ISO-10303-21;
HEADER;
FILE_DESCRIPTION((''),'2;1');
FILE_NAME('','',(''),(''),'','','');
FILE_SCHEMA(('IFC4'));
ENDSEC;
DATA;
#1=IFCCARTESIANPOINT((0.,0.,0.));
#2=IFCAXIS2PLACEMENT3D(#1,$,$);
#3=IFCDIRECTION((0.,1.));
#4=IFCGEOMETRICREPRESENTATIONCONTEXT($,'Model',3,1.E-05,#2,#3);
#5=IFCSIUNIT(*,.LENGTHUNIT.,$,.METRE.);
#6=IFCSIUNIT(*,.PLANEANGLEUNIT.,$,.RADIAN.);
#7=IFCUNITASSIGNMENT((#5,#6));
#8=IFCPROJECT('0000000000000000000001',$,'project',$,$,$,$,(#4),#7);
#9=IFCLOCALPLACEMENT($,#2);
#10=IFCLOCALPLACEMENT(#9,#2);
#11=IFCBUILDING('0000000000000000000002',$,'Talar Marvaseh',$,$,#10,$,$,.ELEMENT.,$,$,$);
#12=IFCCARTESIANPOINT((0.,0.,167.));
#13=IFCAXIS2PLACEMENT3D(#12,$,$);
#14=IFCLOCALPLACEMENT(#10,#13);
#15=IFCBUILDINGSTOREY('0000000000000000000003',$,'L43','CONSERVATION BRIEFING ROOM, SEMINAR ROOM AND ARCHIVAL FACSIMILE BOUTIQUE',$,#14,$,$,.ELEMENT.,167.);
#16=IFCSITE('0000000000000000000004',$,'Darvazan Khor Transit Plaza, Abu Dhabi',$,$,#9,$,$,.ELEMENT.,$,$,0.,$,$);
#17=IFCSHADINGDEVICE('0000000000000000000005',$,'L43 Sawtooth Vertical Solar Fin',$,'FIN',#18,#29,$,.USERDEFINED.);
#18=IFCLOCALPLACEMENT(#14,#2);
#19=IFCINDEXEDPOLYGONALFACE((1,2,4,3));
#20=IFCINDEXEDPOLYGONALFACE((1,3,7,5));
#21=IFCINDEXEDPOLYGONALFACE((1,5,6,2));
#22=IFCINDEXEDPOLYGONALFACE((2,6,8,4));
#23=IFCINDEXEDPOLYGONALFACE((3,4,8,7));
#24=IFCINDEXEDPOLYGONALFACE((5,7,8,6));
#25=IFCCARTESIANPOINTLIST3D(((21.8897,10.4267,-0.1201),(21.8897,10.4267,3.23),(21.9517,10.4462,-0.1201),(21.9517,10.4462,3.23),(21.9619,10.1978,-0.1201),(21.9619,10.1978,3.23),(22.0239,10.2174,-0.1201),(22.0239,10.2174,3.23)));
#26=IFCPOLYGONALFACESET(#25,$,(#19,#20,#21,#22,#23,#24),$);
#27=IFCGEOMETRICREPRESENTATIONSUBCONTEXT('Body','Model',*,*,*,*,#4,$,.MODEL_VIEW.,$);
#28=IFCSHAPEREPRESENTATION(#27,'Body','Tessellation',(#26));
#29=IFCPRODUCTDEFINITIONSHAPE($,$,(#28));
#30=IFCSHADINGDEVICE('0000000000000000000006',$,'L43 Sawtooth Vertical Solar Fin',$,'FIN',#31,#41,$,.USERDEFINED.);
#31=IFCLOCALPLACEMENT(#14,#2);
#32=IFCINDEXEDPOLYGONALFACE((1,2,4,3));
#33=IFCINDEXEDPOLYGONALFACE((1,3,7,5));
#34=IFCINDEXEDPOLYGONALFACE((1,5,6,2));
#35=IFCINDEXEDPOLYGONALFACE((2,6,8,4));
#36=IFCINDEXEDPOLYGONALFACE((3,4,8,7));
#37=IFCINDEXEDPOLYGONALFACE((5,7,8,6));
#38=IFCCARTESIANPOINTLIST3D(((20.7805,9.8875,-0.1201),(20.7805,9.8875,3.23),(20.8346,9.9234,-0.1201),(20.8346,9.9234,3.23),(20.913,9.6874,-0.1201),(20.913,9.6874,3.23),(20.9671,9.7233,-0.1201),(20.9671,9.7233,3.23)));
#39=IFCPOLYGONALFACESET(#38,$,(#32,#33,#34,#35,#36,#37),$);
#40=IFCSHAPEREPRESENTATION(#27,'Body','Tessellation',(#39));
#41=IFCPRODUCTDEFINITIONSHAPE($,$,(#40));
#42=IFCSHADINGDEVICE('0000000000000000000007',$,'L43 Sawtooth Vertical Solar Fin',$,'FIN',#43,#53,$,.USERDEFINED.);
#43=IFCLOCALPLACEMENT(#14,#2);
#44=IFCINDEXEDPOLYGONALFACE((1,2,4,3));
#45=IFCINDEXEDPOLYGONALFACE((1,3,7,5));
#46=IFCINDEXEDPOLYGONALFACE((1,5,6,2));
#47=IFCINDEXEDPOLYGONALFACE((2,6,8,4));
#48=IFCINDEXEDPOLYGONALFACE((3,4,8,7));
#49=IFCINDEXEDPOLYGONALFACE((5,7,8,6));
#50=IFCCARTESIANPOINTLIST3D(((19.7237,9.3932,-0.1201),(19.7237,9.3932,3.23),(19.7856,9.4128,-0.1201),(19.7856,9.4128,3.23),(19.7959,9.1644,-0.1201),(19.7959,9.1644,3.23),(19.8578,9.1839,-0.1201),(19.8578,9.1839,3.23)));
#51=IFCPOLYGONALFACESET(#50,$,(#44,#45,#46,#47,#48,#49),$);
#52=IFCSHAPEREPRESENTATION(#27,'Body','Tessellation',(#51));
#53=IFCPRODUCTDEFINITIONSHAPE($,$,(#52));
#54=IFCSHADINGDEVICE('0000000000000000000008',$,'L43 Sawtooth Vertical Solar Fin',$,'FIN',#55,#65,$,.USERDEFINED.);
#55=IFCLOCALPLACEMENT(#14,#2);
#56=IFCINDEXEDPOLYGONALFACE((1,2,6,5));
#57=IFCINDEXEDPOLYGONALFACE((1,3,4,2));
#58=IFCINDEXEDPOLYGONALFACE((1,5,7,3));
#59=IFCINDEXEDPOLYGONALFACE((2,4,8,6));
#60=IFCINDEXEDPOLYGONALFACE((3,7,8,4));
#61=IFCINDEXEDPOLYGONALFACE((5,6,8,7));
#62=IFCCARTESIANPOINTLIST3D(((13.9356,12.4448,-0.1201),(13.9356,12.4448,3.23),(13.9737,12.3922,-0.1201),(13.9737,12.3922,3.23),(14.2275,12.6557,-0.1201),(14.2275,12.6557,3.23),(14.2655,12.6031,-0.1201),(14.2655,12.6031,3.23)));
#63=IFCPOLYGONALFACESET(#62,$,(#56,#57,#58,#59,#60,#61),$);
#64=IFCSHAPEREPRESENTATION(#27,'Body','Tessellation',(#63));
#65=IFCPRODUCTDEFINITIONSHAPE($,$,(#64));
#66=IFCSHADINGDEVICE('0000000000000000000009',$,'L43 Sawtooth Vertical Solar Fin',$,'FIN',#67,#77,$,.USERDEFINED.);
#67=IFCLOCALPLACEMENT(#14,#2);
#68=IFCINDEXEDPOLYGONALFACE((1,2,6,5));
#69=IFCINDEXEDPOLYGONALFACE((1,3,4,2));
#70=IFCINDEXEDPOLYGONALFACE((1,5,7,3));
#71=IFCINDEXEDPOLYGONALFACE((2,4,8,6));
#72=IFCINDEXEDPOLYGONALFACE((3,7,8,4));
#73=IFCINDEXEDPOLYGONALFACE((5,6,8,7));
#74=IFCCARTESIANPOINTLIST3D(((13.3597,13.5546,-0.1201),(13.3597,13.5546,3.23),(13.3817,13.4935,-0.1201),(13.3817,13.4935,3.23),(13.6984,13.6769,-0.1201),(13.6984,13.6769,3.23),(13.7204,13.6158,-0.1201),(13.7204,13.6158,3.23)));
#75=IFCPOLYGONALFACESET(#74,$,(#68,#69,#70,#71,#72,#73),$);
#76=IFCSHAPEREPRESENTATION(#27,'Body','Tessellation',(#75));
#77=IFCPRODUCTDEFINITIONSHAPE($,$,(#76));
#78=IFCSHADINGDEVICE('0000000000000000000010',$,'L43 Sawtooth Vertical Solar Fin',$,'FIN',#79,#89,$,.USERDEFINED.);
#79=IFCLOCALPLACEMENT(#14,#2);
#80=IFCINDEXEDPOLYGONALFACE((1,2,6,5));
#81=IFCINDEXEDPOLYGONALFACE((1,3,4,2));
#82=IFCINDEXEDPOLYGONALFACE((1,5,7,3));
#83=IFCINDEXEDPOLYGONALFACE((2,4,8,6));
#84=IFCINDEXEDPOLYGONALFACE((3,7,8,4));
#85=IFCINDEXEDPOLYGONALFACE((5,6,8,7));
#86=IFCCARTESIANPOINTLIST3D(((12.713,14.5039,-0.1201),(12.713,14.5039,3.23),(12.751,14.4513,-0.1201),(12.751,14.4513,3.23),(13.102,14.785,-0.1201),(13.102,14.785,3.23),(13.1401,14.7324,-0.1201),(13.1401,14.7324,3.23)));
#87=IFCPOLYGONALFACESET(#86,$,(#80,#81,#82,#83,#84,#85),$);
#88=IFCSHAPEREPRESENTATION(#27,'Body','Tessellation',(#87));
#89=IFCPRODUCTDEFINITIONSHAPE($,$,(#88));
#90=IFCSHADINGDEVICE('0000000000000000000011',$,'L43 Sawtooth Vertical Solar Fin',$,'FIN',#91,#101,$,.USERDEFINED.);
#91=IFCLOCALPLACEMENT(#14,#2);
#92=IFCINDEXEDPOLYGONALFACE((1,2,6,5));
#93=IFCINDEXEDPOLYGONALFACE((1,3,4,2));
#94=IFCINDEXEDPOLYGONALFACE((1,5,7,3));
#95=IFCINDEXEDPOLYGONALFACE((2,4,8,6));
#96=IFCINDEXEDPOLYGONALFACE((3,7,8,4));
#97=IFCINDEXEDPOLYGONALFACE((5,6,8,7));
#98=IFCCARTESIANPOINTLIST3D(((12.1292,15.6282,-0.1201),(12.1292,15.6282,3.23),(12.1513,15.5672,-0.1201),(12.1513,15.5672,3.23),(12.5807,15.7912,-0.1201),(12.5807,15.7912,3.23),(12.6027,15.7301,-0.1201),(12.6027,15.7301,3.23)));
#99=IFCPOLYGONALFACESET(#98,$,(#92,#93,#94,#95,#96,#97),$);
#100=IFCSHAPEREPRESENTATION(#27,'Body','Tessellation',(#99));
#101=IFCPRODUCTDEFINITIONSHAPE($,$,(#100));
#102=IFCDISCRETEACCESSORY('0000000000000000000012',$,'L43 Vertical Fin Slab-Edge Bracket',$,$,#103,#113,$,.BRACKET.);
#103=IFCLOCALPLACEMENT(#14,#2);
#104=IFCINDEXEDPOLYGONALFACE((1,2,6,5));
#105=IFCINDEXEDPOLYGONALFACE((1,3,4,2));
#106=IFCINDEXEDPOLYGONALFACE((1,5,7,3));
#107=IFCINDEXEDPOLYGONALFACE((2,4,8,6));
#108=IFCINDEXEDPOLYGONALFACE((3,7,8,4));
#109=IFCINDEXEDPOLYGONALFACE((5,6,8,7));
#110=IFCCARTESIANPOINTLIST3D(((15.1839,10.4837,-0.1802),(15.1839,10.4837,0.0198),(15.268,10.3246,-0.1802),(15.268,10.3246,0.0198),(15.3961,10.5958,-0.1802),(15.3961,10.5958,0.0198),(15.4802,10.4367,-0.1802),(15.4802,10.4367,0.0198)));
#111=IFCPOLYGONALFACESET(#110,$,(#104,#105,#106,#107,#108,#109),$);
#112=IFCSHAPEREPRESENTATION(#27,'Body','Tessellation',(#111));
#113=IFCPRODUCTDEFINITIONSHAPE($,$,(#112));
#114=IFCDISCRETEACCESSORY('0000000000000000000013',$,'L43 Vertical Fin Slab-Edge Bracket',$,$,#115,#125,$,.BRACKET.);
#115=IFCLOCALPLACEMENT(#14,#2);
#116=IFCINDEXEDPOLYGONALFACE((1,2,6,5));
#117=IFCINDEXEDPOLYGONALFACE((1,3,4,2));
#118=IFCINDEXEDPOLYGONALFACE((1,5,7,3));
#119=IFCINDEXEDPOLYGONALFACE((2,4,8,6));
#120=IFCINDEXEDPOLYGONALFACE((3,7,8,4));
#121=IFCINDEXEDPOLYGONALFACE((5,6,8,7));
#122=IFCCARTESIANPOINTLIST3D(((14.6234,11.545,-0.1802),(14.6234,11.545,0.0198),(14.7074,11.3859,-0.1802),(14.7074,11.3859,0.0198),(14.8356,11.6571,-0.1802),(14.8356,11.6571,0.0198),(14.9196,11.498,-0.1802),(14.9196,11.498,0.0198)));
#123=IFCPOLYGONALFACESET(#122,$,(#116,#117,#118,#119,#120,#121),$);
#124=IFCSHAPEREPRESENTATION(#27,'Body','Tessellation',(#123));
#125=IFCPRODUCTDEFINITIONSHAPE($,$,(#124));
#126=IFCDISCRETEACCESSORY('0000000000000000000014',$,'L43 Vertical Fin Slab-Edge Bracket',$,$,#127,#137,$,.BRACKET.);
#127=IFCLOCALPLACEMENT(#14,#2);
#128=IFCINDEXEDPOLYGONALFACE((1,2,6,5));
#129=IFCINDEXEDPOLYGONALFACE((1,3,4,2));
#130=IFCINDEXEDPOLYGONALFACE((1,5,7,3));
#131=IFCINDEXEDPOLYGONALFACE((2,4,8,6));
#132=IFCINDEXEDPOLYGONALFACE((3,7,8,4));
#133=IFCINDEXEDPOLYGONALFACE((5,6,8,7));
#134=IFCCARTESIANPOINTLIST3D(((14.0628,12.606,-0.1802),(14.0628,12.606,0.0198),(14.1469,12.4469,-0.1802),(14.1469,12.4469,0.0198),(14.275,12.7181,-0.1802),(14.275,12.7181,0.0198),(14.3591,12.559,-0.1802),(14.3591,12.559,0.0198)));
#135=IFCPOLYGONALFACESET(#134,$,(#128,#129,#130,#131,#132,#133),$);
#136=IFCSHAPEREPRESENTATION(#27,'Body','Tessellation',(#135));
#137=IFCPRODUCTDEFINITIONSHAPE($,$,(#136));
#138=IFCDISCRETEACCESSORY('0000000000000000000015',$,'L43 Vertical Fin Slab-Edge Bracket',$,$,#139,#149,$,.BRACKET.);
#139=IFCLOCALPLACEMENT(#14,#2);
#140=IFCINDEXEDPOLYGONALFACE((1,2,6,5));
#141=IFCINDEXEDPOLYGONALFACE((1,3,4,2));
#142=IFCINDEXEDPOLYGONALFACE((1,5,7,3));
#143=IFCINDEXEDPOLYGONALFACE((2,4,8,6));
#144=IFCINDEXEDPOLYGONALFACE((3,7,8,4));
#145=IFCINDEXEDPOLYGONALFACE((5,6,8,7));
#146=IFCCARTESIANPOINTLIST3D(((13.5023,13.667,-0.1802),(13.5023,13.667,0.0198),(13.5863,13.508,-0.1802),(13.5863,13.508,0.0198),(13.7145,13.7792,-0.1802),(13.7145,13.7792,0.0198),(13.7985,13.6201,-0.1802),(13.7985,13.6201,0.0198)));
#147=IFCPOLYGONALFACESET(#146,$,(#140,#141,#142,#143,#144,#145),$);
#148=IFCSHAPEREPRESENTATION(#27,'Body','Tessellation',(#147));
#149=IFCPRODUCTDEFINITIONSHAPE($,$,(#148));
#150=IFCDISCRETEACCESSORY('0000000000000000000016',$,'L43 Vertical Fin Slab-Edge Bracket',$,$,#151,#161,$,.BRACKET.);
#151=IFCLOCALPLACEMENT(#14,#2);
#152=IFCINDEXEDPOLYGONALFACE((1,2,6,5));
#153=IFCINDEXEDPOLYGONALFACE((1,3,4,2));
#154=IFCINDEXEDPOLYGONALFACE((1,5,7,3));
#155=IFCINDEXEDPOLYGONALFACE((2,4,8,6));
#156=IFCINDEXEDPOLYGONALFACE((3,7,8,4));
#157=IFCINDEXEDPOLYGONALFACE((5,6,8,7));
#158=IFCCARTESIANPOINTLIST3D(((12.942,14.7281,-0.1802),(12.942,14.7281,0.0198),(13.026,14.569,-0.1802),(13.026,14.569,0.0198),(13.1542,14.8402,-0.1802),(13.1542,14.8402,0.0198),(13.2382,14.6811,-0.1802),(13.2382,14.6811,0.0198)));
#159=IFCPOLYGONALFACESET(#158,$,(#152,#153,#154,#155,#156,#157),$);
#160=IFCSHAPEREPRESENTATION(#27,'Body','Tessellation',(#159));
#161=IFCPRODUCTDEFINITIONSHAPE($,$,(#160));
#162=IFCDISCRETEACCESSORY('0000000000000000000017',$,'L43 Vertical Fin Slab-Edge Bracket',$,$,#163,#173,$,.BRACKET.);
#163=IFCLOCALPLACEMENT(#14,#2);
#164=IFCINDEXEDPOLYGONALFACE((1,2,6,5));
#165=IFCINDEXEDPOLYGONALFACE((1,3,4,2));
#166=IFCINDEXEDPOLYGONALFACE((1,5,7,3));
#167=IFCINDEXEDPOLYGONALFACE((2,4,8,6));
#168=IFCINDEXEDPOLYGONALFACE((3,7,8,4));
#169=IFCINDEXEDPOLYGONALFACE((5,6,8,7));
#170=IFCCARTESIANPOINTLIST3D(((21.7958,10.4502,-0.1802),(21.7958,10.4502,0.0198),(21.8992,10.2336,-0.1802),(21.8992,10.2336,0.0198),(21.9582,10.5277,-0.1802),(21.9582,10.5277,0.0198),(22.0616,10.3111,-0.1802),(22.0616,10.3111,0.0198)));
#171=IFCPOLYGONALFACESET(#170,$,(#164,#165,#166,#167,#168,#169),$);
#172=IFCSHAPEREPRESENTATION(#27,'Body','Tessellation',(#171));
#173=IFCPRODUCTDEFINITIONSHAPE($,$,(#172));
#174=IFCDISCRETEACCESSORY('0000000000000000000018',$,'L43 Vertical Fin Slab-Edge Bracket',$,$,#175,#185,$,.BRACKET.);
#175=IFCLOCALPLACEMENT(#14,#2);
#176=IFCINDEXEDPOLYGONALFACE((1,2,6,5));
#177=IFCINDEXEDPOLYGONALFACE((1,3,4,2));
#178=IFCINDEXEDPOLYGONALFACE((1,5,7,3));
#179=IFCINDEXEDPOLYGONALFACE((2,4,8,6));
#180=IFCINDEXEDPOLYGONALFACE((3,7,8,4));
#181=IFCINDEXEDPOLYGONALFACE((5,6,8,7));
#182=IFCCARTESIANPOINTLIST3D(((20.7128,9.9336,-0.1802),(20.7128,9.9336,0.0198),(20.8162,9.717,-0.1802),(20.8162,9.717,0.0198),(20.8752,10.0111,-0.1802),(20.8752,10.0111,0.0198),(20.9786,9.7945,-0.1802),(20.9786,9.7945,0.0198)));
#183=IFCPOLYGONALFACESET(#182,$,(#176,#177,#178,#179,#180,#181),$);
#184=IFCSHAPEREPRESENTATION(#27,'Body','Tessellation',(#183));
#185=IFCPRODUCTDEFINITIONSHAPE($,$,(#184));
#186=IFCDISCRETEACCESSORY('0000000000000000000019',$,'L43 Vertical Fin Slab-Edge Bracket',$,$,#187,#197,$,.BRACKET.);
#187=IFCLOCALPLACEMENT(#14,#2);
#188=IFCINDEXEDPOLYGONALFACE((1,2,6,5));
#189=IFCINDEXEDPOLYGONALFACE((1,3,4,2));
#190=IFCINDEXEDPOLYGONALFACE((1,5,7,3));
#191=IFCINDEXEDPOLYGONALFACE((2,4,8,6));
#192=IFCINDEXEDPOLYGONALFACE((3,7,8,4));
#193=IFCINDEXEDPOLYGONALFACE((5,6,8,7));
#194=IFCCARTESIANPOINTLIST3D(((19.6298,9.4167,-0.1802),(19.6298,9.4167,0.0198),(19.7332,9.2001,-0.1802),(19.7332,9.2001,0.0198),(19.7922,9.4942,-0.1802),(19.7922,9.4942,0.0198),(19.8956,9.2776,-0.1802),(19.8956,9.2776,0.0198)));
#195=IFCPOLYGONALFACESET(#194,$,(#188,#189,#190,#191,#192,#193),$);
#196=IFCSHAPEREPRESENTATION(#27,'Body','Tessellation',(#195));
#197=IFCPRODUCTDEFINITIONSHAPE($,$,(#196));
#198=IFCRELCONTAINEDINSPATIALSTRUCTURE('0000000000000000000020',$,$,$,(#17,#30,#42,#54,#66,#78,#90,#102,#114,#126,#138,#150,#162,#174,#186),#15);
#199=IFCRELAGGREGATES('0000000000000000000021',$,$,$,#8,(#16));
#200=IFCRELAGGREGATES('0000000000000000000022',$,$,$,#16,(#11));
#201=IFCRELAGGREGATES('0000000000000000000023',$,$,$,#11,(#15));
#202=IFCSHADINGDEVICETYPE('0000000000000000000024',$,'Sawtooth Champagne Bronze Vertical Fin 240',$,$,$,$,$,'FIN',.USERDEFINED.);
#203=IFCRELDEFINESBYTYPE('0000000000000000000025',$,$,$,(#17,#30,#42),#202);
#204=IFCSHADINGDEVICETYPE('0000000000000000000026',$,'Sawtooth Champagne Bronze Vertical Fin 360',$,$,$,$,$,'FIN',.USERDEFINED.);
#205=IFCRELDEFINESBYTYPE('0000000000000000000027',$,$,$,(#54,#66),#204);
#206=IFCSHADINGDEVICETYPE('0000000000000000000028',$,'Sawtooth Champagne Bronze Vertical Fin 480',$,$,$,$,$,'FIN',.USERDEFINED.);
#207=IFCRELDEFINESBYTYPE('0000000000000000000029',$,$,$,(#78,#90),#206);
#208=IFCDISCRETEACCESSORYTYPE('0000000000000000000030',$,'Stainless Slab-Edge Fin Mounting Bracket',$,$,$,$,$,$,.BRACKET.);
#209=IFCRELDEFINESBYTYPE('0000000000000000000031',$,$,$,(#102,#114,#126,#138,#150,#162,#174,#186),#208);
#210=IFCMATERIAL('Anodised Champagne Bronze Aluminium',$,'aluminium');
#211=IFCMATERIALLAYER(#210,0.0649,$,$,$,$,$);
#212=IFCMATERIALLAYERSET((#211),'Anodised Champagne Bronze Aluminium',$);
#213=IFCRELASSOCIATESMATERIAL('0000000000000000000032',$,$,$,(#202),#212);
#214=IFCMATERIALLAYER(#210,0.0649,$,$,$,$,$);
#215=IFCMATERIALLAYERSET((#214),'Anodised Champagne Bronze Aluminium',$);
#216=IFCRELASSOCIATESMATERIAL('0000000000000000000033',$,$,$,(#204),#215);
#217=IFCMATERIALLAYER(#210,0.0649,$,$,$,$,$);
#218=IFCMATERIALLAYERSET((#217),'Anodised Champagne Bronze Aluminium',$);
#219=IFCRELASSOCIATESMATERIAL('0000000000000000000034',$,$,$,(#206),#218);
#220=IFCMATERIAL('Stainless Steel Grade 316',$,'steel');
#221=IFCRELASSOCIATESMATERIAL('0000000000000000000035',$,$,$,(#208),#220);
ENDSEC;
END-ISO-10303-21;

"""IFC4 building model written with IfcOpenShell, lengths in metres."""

from ifc_helpers import new_model, si_unit, direction, frame, origin, origin_2d, place, context, subcontext, project, spatial, rectangle, extrude, source, transform, mapped, material, layer, layer_set, type_object, type_shapes, element, save


model = new_model("IFC4")

# Units and contexts
model_context = context("Model", 3, precision=1e-05, world=origin(), true_north=direction((0.0, 1.0)))
body_context = subcontext(model_context, "Body", "Model", "MODEL_VIEW")
ifc_project = project(units=[si_unit("LENGTHUNIT", "METRE"), si_unit("PLANEANGLEUNIT", "RADIAN")], contexts=[model_context])

# Site, building, storey
site_placement = place(None, origin())
site = spatial("IfcSite", under=ifc_project, at=site_placement, Name="Darvazan Khor Transit Plaza, Abu Dhabi", CompositionType="ELEMENT", RefElevation=0.0)
building_placement = place(site_placement, origin())
building = spatial("IfcBuilding", under=site, at=building_placement, Name="Talar Marvaseh", CompositionType="ELEMENT")
storey_placement = place(building_placement, frame((0.0, 0.0, 167.0)))
storey = spatial("IfcBuildingStorey", under=building, at=storey_placement, Name="L43", Description="CONSERVATION BRIEFING ROOM, SEMINAR ROOM AND ARCHIVAL FACSIMILE BOUTIQUE", CompositionType="ELEMENT", Elevation=167.0)

# Shading devices
ifc_material_1 = material(Name="Anodised Champagne Bronze Aluminium", Category="aluminium")
ifc_layer_1 = layer(ifc_material_1, 0.0649)
ifc_layer_set_1 = layer_set([ifc_layer_1], Name="Anodised Champagne Bronze Aluminium")
shading_device_type_1 = type_object("IfcShadingDeviceType", Name="Sawtooth Champagne Bronze Vertical Fin 240", ElementType="FIN", PredefinedType="USERDEFINED", material=ifc_layer_set_1)
shared_shape_1 = source(origin(), body_context, "Body", "SweptSolid", [
    extrude(rectangle(XDim=0.24, YDim=0.0649, at=origin_2d()), origin(), (0.0, 0.0, 1.0), 3.3501),
])
type_shapes(shading_device_type_1, [shared_shape_1])
for number, where, z_axis, x_axis, name in (
    (1, (21.9568, 10.322, -0.1201), (0.0, 0.0, 1.0), (0.300872, -0.953664, 0.0), "L43 Sawtooth Vertical Solar Fin"),
    (2, (20.8738, 9.8054, -0.1201), (0.0, 0.0, 1.0), (0.552083, -0.833789, 0.0), "L43 Sawtooth Vertical Solar Fin"),
    (3, (19.7908, 9.2886, -0.1201), (0.0, 0.0, 1.0), (0.300872, -0.953664, 0.0), "L43 Sawtooth Vertical Solar Fin"),
):
    element("IfcShadingDevice", number, at=place(storey_placement, frame(where, z_axis=z_axis, x_axis=x_axis)), inside=storey, type_object=shading_device_type_1, Name=name, ObjectType="FIN", PredefinedType="USERDEFINED", context=body_context, shape_type="MappedRepresentation", body=[
        mapped(shared_shape_1, transform((0.0, 0.0, 0.0), x_axis=(1.0, 0.0, 0.0), y_axis=(0.0, 1.0, 0.0), z_axis=(0.0, 0.0, 1.0), scale=1.0)),
    ])
ifc_layer_2 = layer(ifc_material_1, 0.0649)
ifc_layer_set_2 = layer_set([ifc_layer_2], Name="Anodised Champagne Bronze Aluminium")
shading_device_type_2 = type_object("IfcShadingDeviceType", Name="Sawtooth Champagne Bronze Vertical Fin 360", ElementType="FIN", PredefinedType="USERDEFINED", material=ifc_layer_set_2)
shared_shape_2 = source(origin(), body_context, "Body", "SweptSolid", [
    extrude(rectangle(XDim=0.3601, YDim=0.0649, at=origin_2d()), origin(), (0.0, 0.0, 1.0), 3.3501),
])
type_shapes(shading_device_type_2, [shared_shape_2])
for number, where, z_axis, x_axis, name in (
    (4, (14.1006, 12.5239, -0.1201), (0.0, 0.0, 1.0), (-0.810553, -0.585665, 0.0), "L43 Sawtooth Vertical Solar Fin"),
    (5, (13.54, 13.5852, -0.1201), (0.0, 0.0, 1.0), (-0.940585, -0.339559, 0.0), "L43 Sawtooth Vertical Solar Fin"),
):
    element("IfcShadingDevice", number, at=place(storey_placement, frame(where, z_axis=z_axis, x_axis=x_axis)), inside=storey, type_object=shading_device_type_2, Name=name, ObjectType="FIN", PredefinedType="USERDEFINED", context=body_context, shape_type="MappedRepresentation", body=[
        mapped(shared_shape_2, transform((0.0, 0.0, 0.0), x_axis=(1.0, 0.0, 0.0), y_axis=(0.0, 1.0, 0.0), z_axis=(0.0, 0.0, 1.0), scale=1.0)),
    ])
ifc_layer_3 = layer(ifc_material_1, 0.0649)
ifc_layer_set_3 = layer_set([ifc_layer_3], Name="Anodised Champagne Bronze Aluminium")
shading_device_type_3 = type_object("IfcShadingDeviceType", Name="Sawtooth Champagne Bronze Vertical Fin 480", ElementType="FIN", PredefinedType="USERDEFINED", material=ifc_layer_set_3)
shared_shape_3 = source(origin(), body_context, "Body", "SweptSolid", [
    extrude(rectangle(XDim=0.48, YDim=0.0649, at=origin_2d()), origin(), (0.0, 0.0, 1.0), 3.3501),
])
type_shapes(shading_device_type_3, [shared_shape_3])
for number, where, z_axis, x_axis, name in (
    (6, (12.9265, 14.6182, -0.1201), (0.0, 0.0, 1.0), (-0.810553, -0.585665, 0.0), "L43 Sawtooth Vertical Solar Fin"),
    (7, (12.366, 15.6792, -0.1201), (0.0, 0.0, 1.0), (-0.940585, -0.339559, 0.0), "L43 Sawtooth Vertical Solar Fin"),
):
    element("IfcShadingDevice", number, at=place(storey_placement, frame(where, z_axis=z_axis, x_axis=x_axis)), inside=storey, type_object=shading_device_type_3, Name=name, ObjectType="FIN", PredefinedType="USERDEFINED", context=body_context, shape_type="MappedRepresentation", body=[
        mapped(shared_shape_3, transform((0.0, 0.0, 0.0), x_axis=(1.0, 0.0, 0.0), y_axis=(0.0, 1.0, 0.0), z_axis=(0.0, 0.0, 1.0), scale=1.0)),
    ])

# Discrete accessories
ifc_material_2 = material(Name="Stainless Steel Grade 316", Category="steel")
discrete_accessory_type = type_object("IfcDiscreteAccessoryType", Name="Stainless Slab-Edge Fin Mounting Bracket", PredefinedType="BRACKET", material=ifc_material_2)
shared_shape_4 = source(origin(), body_context, "Body", "SweptSolid", [
    extrude(rectangle(XDim=0.24, YDim=0.1799, at=origin_2d()), origin(), (0.0, 0.0, 1.0), 0.2),
])
type_shapes(discrete_accessory_type, [shared_shape_4])
for number, where, z_axis, x_axis, name in (
    (8, (15.332, 10.4602, -0.1802), (0.0, 0.0, 1.0), (-0.884174, -0.467158, 0.0), "L43 Vertical Fin Slab-Edge Bracket"),
    (9, (14.7715, 11.5215, -0.1802), (0.0, 0.0, 1.0), (-0.884174, -0.467158, 0.0), "L43 Vertical Fin Slab-Edge Bracket"),
    (10, (14.2109, 12.5825, -0.1802), (0.0, 0.0, 1.0), (-0.884174, -0.467158, 0.0), "L43 Vertical Fin Slab-Edge Bracket"),
    (11, (13.6504, 13.6436, -0.1802), (0.0, 0.0, 1.0), (-0.884174, -0.467158, 0.0), "L43 Vertical Fin Slab-Edge Bracket"),
    (12, (13.0901, 14.7046, -0.1802), (0.0, 0.0, 1.0), (-0.884174, -0.467158, 0.0), "L43 Vertical Fin Slab-Edge Bracket"),
    (13, (21.9287, 10.3806, -0.1802), (0.0, 0.0, 1.0), (0.430669, -0.90251, 0.0), "L43 Vertical Fin Slab-Edge Bracket"),
    (14, (20.8457, 9.864, -0.1802), (0.0, 0.0, 1.0), (0.430669, -0.90251, 0.0), "L43 Vertical Fin Slab-Edge Bracket"),
    (15, (19.7627, 9.3472, -0.1802), (0.0, 0.0, 1.0), (0.430669, -0.90251, 0.0), "L43 Vertical Fin Slab-Edge Bracket"),
):
    element("IfcDiscreteAccessory", number, at=place(storey_placement, frame(where, z_axis=z_axis, x_axis=x_axis)), inside=storey, type_object=discrete_accessory_type, Name=name, PredefinedType="BRACKET", context=body_context, shape_type="MappedRepresentation", body=[
        mapped(shared_shape_4, transform((0.0, 0.0, 0.0), x_axis=(1.0, 0.0, 0.0), y_axis=(0.0, 1.0, 0.0), z_axis=(0.0, 0.0, 1.0), scale=1.0)),
    ])

save(model, "model.ifc")
